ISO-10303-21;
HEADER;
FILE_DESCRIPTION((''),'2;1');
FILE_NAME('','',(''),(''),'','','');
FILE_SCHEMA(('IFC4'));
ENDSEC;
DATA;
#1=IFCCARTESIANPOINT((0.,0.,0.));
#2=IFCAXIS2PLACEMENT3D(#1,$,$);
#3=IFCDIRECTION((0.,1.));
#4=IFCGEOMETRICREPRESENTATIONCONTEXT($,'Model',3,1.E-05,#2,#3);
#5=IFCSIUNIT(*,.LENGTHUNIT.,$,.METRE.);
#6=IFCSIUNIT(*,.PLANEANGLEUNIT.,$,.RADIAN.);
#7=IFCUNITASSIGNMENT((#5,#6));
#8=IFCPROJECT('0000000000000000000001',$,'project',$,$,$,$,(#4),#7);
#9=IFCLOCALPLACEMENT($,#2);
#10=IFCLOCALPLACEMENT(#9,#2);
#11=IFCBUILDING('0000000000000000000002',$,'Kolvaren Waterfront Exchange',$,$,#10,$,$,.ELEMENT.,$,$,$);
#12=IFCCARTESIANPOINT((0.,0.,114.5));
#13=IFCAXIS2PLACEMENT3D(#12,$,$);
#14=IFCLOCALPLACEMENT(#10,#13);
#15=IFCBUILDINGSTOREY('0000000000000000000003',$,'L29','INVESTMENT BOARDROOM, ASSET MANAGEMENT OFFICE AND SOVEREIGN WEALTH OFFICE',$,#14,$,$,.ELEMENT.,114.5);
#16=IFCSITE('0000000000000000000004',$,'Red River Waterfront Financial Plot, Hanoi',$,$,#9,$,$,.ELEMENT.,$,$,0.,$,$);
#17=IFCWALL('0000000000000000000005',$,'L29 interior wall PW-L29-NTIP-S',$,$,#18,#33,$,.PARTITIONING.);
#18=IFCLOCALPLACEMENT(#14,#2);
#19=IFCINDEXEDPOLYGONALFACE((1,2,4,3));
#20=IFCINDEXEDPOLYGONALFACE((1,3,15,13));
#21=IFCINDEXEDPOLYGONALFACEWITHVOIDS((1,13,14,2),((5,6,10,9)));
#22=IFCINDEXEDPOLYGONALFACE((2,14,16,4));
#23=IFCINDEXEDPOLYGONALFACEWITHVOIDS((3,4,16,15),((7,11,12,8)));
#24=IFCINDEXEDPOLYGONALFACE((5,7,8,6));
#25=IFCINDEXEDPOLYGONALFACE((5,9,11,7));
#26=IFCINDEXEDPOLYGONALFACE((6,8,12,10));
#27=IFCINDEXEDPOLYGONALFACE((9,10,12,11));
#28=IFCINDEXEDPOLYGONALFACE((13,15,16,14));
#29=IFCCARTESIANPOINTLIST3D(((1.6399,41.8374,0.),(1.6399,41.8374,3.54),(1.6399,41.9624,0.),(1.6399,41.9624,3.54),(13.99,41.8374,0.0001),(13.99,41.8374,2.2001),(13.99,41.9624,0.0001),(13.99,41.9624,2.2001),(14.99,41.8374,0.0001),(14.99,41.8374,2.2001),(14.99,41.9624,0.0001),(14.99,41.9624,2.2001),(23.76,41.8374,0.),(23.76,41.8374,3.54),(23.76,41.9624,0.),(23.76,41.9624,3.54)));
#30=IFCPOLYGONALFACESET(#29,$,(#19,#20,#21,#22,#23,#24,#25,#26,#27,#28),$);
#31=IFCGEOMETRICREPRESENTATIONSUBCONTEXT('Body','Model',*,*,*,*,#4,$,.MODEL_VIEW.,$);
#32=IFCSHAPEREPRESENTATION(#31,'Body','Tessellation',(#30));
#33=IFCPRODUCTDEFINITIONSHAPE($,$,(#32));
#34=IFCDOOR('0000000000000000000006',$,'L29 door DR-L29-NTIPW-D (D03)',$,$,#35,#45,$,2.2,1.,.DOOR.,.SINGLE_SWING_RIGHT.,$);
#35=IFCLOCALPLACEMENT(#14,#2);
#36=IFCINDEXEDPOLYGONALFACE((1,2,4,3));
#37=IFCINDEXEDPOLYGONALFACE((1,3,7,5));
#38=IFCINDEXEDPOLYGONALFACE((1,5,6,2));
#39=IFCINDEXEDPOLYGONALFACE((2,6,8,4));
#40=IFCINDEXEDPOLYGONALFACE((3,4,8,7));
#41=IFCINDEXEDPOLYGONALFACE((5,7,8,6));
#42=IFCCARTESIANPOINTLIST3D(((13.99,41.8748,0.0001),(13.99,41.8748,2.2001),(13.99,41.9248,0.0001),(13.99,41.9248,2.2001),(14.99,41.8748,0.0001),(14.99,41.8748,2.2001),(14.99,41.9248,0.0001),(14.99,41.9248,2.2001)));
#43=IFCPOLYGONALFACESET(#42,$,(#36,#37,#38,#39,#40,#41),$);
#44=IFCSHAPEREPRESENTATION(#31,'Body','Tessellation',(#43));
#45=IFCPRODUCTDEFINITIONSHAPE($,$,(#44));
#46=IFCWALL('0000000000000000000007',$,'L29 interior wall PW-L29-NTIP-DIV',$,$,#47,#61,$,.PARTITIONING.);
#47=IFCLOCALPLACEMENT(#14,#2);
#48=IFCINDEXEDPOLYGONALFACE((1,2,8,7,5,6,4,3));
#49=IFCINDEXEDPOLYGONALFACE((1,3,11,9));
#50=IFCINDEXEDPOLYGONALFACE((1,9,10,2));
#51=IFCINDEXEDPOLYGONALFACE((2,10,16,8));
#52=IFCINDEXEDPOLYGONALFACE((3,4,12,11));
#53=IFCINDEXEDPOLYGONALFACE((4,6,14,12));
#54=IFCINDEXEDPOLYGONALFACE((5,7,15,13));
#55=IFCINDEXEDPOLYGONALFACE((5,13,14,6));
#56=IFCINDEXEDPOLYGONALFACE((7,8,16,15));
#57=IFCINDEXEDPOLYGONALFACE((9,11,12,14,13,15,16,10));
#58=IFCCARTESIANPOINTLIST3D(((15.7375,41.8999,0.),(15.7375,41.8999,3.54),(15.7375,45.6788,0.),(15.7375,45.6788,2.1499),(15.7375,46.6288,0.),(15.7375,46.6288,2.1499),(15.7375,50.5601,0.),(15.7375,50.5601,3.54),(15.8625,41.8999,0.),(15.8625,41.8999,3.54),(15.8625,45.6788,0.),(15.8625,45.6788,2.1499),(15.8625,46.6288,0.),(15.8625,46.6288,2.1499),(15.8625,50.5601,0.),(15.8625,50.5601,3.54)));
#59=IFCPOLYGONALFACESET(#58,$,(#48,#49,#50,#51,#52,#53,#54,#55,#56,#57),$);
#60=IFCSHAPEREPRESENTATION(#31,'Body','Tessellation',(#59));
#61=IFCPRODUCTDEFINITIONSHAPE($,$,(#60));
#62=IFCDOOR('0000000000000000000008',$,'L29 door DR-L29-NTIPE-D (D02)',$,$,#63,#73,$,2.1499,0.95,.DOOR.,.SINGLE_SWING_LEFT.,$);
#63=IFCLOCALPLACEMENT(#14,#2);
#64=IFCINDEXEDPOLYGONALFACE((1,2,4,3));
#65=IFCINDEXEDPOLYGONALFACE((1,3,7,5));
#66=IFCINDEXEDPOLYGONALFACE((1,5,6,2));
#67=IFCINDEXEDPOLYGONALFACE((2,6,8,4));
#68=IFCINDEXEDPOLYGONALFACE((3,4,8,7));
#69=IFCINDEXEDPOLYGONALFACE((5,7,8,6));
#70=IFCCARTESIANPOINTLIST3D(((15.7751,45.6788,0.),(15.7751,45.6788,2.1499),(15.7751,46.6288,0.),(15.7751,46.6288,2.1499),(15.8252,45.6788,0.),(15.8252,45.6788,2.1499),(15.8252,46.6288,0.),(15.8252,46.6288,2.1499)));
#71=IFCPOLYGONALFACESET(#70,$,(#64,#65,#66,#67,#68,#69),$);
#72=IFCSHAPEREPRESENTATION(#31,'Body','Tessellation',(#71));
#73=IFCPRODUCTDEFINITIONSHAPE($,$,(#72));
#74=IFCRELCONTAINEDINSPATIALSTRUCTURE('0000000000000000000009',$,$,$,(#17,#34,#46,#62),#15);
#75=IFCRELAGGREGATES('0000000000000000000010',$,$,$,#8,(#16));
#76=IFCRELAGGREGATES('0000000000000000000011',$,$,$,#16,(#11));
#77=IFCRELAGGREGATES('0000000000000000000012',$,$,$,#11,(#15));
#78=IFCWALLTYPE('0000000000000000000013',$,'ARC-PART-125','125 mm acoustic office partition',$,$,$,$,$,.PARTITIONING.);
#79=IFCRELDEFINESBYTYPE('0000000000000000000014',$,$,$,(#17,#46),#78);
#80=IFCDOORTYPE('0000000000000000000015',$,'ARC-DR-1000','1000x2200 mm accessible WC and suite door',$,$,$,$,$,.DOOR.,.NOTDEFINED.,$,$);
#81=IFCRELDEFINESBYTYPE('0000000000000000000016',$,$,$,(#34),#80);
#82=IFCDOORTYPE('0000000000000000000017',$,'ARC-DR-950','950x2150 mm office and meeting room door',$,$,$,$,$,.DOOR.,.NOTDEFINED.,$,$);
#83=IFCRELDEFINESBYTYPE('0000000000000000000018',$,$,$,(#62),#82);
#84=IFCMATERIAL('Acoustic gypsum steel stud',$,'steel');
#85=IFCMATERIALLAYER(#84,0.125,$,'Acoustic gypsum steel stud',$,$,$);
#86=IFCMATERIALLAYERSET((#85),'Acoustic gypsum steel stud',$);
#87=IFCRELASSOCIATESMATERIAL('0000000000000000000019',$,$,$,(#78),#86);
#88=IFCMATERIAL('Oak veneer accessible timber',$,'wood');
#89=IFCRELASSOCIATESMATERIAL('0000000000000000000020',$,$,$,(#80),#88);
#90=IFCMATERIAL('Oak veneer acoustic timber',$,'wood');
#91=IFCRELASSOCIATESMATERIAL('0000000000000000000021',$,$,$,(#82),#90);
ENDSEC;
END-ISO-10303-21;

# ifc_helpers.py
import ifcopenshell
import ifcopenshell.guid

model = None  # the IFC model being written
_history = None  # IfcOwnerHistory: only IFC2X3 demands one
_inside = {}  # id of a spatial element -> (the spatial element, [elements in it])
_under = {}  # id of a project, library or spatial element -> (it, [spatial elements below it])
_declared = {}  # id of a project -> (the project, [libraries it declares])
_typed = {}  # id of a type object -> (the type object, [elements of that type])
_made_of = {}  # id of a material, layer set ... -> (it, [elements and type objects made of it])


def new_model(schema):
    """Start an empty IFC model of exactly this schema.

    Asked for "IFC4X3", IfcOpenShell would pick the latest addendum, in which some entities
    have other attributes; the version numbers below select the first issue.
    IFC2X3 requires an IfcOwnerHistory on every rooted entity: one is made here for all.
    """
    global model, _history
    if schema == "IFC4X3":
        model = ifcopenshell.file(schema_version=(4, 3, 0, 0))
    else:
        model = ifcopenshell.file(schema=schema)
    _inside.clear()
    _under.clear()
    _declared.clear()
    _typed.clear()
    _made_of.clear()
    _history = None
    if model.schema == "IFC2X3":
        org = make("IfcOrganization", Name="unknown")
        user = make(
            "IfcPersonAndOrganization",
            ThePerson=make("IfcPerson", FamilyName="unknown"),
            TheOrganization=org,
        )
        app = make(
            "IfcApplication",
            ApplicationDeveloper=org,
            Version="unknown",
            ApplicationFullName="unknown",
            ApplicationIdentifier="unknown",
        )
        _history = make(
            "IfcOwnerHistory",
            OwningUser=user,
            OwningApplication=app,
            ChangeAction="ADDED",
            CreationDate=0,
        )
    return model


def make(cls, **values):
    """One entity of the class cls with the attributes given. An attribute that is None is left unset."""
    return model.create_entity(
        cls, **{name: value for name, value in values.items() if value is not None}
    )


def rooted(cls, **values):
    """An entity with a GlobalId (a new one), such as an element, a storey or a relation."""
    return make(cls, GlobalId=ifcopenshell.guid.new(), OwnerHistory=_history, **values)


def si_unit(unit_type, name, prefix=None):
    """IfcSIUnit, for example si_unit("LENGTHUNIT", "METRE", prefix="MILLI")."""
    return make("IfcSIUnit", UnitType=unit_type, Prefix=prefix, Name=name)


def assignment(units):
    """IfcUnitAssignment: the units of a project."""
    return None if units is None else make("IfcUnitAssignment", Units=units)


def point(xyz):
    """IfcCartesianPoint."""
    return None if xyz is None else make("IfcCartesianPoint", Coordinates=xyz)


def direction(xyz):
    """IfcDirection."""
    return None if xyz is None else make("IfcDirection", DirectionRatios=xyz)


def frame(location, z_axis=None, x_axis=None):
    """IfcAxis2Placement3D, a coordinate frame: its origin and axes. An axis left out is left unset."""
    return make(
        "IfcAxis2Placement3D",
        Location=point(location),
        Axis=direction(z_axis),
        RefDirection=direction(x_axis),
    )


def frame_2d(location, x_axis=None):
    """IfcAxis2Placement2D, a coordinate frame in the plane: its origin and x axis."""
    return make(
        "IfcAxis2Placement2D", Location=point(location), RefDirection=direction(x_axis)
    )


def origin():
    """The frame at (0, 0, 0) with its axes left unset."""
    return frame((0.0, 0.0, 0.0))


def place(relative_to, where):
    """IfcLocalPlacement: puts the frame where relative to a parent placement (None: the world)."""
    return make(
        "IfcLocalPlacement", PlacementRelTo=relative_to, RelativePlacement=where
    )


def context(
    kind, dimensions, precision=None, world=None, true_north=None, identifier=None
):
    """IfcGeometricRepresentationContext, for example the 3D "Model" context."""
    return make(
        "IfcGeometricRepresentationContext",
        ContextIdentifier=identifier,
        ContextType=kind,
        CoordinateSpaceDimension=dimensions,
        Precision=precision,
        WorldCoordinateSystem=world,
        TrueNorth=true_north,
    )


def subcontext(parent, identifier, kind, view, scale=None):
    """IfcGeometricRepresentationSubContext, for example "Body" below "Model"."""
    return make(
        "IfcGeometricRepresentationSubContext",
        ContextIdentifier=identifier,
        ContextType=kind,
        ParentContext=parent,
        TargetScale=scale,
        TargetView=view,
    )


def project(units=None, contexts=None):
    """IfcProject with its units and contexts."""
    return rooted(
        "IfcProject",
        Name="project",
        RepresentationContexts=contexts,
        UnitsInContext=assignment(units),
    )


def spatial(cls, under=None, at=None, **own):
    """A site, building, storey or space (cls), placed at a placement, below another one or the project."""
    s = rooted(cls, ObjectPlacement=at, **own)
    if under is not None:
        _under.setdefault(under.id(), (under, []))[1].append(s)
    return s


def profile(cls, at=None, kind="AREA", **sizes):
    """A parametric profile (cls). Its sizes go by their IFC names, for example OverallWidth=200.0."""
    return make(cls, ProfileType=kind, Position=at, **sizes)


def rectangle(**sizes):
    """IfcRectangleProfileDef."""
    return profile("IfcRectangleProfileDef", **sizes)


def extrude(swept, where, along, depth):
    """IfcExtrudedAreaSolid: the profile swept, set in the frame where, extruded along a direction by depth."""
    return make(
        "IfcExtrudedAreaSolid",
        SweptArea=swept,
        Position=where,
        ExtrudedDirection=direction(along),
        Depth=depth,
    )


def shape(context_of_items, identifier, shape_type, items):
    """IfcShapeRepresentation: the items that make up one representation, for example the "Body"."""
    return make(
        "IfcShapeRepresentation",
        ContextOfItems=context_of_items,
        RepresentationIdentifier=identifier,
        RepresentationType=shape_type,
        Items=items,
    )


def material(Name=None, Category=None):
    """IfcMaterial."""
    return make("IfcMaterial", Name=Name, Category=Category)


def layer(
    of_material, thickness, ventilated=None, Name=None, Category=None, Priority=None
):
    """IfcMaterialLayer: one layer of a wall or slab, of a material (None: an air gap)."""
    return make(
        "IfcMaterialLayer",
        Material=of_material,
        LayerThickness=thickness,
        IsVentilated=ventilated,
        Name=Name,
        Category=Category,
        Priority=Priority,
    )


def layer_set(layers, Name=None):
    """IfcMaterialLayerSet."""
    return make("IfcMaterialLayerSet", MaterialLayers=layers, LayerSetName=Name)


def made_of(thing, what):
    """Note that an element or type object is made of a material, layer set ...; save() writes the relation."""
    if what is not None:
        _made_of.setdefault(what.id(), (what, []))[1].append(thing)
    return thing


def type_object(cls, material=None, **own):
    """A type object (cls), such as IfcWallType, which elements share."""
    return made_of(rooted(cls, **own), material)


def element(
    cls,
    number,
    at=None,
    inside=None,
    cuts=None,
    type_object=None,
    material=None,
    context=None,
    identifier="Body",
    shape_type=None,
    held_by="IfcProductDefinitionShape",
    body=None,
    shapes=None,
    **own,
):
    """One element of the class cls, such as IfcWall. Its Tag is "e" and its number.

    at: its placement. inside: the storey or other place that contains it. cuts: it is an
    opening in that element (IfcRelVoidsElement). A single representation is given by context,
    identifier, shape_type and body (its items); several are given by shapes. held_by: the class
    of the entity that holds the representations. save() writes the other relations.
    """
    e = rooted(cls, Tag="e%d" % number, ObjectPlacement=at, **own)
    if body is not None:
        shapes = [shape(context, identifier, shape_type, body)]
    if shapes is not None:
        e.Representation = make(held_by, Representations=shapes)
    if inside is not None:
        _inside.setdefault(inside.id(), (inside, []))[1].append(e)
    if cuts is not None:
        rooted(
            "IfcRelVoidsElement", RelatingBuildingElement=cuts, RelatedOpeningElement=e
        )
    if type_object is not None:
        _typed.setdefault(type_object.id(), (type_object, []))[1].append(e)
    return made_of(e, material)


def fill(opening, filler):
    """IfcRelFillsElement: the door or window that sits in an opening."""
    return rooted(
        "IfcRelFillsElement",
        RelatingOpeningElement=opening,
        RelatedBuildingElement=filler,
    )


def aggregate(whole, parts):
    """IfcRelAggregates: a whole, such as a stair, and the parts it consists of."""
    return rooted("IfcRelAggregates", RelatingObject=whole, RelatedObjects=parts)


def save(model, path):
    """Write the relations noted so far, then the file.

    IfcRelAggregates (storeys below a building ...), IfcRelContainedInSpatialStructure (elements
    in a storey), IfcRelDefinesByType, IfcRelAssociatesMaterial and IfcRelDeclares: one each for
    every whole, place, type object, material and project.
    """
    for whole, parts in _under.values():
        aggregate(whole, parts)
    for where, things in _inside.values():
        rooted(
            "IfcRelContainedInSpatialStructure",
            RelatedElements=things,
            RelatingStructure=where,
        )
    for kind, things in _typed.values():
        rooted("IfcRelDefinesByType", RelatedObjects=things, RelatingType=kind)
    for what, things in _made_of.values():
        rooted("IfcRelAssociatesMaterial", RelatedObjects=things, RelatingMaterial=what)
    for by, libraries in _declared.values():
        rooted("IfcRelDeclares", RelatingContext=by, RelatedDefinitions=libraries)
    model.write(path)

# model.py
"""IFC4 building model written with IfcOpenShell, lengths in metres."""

from ifc_helpers import new_model, si_unit, direction, frame, frame_2d, origin, place, context, subcontext, project, spatial, rectangle, extrude, material, layer, layer_set, type_object, element, fill, save


model = new_model("IFC4")

# Units and contexts
model_context = context("Model", 3, precision=1e-05, world=origin(), true_north=direction((0.0, 1.0)))
body_context = subcontext(model_context, "Body", "Model", "MODEL_VIEW")
ifc_project = project(units=[si_unit("LENGTHUNIT", "METRE"), si_unit("PLANEANGLEUNIT", "RADIAN")], contexts=[model_context])

# Site, building, storey
site_placement = place(None, origin())
site = spatial("IfcSite", under=ifc_project, at=site_placement, Name="Red River Waterfront Financial Plot, Hanoi", CompositionType="ELEMENT", RefElevation=0.0)
building_placement = place(site_placement, origin())
building = spatial("IfcBuilding", under=site, at=building_placement, Name="Kolvaren Waterfront Exchange", CompositionType="ELEMENT")
storey_placement = place(building_placement, frame((0.0, 0.0, 114.5)))
storey = spatial("IfcBuildingStorey", under=building, at=storey_placement, Name="L29", Description="INVESTMENT BOARDROOM, ASSET MANAGEMENT OFFICE AND SOVEREIGN WEALTH OFFICE", CompositionType="ELEMENT", Elevation=114.5)

# Walls, openings, doors
ifc_material_1 = material(Name="Acoustic gypsum steel stud", Category="steel")
ifc_layer_1 = layer(ifc_material_1, 0.125, Name="Acoustic gypsum steel stud")
ifc_layer_set_1 = layer_set([ifc_layer_1], Name="Acoustic gypsum steel stud")
wall_type_1 = type_object("IfcWallType", Name="ARC-PART-125", Description="125 mm acoustic office partition", PredefinedType="PARTITIONING", material=ifc_layer_set_1)
wall_1_placement = place(storey_placement, frame((1.6399, 41.8999, 0.0), z_axis=(0.0, 0.0, 1.0), x_axis=(1.0, 0.0, 0.0)))
wall_1 = element("IfcWall", 1, at=wall_1_placement, inside=storey, type_object=wall_type_1, Name="L29 interior wall PW-L29-NTIP-S", PredefinedType="PARTITIONING", context=body_context, shape_type="SweptSolid", body=[
    extrude(rectangle(XDim=22.1201, YDim=0.125, at=frame_2d((11.0601, 0.0))), origin(), (0.0, 0.0, 1.0), 3.54),
])
opening_1_placement = place(wall_1_placement, frame((12.3501, 0.0, 0.0)))
opening_1 = element("IfcOpeningElement", 2, at=opening_1_placement, cuts=wall_1, PredefinedType="OPENING", context=body_context, shape_type="SweptSolid", body=[
    extrude(rectangle(XDim=1.0, YDim=2.2, at=frame_2d((0.5, 1.1001))), frame((0.0, 0.0725, 0.0), z_axis=(0.0, -1.0, 0.0), x_axis=(1.0, 0.0, 0.0)), (0.0, 0.0, 1.0), 0.145),
])
ifc_material_2 = material(Name="Oak veneer accessible timber", Category="wood")
door_type_1 = type_object("IfcDoorType", Name="ARC-DR-1000", Description="1000x2200 mm accessible WC and suite door", OperationType="NOTDEFINED", PredefinedType="DOOR", material=ifc_material_2)
door_1_placement = place(opening_1_placement, origin())
door_1 = element("IfcDoor", 3, at=door_1_placement, inside=storey, type_object=door_type_1, Name="L29 door DR-L29-NTIPW-D (D03)", OperationType="SINGLE_SWING_RIGHT", OverallHeight=2.2, OverallWidth=1.0, PredefinedType="DOOR", context=body_context, shape_type="SweptSolid", body=[
    extrude(rectangle(XDim=1.0, YDim=2.2, at=frame_2d((0.5, 1.1001))), frame((0.0, 0.0249, 0.0), z_axis=(0.0, -1.0, 0.0), x_axis=(1.0, 0.0, 0.0)), (0.0, 0.0, 1.0), 0.05),
])
fill(opening_1, door_1)
wall_2_placement = place(storey_placement, frame((15.8, 41.8999, 0.0), z_axis=(0.0, 0.0, 1.0), x_axis=(0.0, 1.0, 0.0)))
wall_2 = element("IfcWall", 4, at=wall_2_placement, inside=storey, type_object=wall_type_1, Name="L29 interior wall PW-L29-NTIP-DIV", PredefinedType="PARTITIONING", context=body_context, shape_type="SweptSolid", body=[
    extrude(rectangle(XDim=8.6602, YDim=0.125, at=frame_2d((4.3301, 0.0))), origin(), (0.0, 0.0, 1.0), 3.54),
])
opening_2_placement = place(wall_2_placement, frame((3.7788, 0.0, 0.0)))
opening_2 = element("IfcOpeningElement", 5, at=opening_2_placement, cuts=wall_2, PredefinedType="OPENING", context=body_context, shape_type="SweptSolid", body=[
    extrude(rectangle(XDim=0.95, YDim=2.1499, at=frame_2d((0.4751, 1.075))), frame((0.0, 0.0725, 0.0), z_axis=(0.0, -1.0, 0.0), x_axis=(1.0, 0.0, 0.0)), (0.0, 0.0, 1.0), 0.145),
])
ifc_material_3 = material(Name="Oak veneer acoustic timber", Category="wood")
door_type_2 = type_object("IfcDoorType", Name="ARC-DR-950", Description="950x2150 mm office and meeting room door", OperationType="NOTDEFINED", PredefinedType="DOOR", material=ifc_material_3)
door_2_placement = place(opening_2_placement, origin())
door_2 = element("IfcDoor", 6, at=door_2_placement, inside=storey, type_object=door_type_2, Name="L29 door DR-L29-NTIPE-D (D02)", OperationType="SINGLE_SWING_LEFT", OverallHeight=2.1499, OverallWidth=0.95, PredefinedType="DOOR", context=body_context, shape_type="SweptSolid", body=[
    extrude(rectangle(XDim=0.95, YDim=2.1499, at=frame_2d((0.4751, 1.075))), frame((0.0, 0.0249, 0.0), z_axis=(0.0, -1.0, 0.0), x_axis=(1.0, 0.0, 0.0)), (0.0, 0.0, 1.0), 0.05),
])
fill(opening_2, door_2)

save(model, "model.ifc")
